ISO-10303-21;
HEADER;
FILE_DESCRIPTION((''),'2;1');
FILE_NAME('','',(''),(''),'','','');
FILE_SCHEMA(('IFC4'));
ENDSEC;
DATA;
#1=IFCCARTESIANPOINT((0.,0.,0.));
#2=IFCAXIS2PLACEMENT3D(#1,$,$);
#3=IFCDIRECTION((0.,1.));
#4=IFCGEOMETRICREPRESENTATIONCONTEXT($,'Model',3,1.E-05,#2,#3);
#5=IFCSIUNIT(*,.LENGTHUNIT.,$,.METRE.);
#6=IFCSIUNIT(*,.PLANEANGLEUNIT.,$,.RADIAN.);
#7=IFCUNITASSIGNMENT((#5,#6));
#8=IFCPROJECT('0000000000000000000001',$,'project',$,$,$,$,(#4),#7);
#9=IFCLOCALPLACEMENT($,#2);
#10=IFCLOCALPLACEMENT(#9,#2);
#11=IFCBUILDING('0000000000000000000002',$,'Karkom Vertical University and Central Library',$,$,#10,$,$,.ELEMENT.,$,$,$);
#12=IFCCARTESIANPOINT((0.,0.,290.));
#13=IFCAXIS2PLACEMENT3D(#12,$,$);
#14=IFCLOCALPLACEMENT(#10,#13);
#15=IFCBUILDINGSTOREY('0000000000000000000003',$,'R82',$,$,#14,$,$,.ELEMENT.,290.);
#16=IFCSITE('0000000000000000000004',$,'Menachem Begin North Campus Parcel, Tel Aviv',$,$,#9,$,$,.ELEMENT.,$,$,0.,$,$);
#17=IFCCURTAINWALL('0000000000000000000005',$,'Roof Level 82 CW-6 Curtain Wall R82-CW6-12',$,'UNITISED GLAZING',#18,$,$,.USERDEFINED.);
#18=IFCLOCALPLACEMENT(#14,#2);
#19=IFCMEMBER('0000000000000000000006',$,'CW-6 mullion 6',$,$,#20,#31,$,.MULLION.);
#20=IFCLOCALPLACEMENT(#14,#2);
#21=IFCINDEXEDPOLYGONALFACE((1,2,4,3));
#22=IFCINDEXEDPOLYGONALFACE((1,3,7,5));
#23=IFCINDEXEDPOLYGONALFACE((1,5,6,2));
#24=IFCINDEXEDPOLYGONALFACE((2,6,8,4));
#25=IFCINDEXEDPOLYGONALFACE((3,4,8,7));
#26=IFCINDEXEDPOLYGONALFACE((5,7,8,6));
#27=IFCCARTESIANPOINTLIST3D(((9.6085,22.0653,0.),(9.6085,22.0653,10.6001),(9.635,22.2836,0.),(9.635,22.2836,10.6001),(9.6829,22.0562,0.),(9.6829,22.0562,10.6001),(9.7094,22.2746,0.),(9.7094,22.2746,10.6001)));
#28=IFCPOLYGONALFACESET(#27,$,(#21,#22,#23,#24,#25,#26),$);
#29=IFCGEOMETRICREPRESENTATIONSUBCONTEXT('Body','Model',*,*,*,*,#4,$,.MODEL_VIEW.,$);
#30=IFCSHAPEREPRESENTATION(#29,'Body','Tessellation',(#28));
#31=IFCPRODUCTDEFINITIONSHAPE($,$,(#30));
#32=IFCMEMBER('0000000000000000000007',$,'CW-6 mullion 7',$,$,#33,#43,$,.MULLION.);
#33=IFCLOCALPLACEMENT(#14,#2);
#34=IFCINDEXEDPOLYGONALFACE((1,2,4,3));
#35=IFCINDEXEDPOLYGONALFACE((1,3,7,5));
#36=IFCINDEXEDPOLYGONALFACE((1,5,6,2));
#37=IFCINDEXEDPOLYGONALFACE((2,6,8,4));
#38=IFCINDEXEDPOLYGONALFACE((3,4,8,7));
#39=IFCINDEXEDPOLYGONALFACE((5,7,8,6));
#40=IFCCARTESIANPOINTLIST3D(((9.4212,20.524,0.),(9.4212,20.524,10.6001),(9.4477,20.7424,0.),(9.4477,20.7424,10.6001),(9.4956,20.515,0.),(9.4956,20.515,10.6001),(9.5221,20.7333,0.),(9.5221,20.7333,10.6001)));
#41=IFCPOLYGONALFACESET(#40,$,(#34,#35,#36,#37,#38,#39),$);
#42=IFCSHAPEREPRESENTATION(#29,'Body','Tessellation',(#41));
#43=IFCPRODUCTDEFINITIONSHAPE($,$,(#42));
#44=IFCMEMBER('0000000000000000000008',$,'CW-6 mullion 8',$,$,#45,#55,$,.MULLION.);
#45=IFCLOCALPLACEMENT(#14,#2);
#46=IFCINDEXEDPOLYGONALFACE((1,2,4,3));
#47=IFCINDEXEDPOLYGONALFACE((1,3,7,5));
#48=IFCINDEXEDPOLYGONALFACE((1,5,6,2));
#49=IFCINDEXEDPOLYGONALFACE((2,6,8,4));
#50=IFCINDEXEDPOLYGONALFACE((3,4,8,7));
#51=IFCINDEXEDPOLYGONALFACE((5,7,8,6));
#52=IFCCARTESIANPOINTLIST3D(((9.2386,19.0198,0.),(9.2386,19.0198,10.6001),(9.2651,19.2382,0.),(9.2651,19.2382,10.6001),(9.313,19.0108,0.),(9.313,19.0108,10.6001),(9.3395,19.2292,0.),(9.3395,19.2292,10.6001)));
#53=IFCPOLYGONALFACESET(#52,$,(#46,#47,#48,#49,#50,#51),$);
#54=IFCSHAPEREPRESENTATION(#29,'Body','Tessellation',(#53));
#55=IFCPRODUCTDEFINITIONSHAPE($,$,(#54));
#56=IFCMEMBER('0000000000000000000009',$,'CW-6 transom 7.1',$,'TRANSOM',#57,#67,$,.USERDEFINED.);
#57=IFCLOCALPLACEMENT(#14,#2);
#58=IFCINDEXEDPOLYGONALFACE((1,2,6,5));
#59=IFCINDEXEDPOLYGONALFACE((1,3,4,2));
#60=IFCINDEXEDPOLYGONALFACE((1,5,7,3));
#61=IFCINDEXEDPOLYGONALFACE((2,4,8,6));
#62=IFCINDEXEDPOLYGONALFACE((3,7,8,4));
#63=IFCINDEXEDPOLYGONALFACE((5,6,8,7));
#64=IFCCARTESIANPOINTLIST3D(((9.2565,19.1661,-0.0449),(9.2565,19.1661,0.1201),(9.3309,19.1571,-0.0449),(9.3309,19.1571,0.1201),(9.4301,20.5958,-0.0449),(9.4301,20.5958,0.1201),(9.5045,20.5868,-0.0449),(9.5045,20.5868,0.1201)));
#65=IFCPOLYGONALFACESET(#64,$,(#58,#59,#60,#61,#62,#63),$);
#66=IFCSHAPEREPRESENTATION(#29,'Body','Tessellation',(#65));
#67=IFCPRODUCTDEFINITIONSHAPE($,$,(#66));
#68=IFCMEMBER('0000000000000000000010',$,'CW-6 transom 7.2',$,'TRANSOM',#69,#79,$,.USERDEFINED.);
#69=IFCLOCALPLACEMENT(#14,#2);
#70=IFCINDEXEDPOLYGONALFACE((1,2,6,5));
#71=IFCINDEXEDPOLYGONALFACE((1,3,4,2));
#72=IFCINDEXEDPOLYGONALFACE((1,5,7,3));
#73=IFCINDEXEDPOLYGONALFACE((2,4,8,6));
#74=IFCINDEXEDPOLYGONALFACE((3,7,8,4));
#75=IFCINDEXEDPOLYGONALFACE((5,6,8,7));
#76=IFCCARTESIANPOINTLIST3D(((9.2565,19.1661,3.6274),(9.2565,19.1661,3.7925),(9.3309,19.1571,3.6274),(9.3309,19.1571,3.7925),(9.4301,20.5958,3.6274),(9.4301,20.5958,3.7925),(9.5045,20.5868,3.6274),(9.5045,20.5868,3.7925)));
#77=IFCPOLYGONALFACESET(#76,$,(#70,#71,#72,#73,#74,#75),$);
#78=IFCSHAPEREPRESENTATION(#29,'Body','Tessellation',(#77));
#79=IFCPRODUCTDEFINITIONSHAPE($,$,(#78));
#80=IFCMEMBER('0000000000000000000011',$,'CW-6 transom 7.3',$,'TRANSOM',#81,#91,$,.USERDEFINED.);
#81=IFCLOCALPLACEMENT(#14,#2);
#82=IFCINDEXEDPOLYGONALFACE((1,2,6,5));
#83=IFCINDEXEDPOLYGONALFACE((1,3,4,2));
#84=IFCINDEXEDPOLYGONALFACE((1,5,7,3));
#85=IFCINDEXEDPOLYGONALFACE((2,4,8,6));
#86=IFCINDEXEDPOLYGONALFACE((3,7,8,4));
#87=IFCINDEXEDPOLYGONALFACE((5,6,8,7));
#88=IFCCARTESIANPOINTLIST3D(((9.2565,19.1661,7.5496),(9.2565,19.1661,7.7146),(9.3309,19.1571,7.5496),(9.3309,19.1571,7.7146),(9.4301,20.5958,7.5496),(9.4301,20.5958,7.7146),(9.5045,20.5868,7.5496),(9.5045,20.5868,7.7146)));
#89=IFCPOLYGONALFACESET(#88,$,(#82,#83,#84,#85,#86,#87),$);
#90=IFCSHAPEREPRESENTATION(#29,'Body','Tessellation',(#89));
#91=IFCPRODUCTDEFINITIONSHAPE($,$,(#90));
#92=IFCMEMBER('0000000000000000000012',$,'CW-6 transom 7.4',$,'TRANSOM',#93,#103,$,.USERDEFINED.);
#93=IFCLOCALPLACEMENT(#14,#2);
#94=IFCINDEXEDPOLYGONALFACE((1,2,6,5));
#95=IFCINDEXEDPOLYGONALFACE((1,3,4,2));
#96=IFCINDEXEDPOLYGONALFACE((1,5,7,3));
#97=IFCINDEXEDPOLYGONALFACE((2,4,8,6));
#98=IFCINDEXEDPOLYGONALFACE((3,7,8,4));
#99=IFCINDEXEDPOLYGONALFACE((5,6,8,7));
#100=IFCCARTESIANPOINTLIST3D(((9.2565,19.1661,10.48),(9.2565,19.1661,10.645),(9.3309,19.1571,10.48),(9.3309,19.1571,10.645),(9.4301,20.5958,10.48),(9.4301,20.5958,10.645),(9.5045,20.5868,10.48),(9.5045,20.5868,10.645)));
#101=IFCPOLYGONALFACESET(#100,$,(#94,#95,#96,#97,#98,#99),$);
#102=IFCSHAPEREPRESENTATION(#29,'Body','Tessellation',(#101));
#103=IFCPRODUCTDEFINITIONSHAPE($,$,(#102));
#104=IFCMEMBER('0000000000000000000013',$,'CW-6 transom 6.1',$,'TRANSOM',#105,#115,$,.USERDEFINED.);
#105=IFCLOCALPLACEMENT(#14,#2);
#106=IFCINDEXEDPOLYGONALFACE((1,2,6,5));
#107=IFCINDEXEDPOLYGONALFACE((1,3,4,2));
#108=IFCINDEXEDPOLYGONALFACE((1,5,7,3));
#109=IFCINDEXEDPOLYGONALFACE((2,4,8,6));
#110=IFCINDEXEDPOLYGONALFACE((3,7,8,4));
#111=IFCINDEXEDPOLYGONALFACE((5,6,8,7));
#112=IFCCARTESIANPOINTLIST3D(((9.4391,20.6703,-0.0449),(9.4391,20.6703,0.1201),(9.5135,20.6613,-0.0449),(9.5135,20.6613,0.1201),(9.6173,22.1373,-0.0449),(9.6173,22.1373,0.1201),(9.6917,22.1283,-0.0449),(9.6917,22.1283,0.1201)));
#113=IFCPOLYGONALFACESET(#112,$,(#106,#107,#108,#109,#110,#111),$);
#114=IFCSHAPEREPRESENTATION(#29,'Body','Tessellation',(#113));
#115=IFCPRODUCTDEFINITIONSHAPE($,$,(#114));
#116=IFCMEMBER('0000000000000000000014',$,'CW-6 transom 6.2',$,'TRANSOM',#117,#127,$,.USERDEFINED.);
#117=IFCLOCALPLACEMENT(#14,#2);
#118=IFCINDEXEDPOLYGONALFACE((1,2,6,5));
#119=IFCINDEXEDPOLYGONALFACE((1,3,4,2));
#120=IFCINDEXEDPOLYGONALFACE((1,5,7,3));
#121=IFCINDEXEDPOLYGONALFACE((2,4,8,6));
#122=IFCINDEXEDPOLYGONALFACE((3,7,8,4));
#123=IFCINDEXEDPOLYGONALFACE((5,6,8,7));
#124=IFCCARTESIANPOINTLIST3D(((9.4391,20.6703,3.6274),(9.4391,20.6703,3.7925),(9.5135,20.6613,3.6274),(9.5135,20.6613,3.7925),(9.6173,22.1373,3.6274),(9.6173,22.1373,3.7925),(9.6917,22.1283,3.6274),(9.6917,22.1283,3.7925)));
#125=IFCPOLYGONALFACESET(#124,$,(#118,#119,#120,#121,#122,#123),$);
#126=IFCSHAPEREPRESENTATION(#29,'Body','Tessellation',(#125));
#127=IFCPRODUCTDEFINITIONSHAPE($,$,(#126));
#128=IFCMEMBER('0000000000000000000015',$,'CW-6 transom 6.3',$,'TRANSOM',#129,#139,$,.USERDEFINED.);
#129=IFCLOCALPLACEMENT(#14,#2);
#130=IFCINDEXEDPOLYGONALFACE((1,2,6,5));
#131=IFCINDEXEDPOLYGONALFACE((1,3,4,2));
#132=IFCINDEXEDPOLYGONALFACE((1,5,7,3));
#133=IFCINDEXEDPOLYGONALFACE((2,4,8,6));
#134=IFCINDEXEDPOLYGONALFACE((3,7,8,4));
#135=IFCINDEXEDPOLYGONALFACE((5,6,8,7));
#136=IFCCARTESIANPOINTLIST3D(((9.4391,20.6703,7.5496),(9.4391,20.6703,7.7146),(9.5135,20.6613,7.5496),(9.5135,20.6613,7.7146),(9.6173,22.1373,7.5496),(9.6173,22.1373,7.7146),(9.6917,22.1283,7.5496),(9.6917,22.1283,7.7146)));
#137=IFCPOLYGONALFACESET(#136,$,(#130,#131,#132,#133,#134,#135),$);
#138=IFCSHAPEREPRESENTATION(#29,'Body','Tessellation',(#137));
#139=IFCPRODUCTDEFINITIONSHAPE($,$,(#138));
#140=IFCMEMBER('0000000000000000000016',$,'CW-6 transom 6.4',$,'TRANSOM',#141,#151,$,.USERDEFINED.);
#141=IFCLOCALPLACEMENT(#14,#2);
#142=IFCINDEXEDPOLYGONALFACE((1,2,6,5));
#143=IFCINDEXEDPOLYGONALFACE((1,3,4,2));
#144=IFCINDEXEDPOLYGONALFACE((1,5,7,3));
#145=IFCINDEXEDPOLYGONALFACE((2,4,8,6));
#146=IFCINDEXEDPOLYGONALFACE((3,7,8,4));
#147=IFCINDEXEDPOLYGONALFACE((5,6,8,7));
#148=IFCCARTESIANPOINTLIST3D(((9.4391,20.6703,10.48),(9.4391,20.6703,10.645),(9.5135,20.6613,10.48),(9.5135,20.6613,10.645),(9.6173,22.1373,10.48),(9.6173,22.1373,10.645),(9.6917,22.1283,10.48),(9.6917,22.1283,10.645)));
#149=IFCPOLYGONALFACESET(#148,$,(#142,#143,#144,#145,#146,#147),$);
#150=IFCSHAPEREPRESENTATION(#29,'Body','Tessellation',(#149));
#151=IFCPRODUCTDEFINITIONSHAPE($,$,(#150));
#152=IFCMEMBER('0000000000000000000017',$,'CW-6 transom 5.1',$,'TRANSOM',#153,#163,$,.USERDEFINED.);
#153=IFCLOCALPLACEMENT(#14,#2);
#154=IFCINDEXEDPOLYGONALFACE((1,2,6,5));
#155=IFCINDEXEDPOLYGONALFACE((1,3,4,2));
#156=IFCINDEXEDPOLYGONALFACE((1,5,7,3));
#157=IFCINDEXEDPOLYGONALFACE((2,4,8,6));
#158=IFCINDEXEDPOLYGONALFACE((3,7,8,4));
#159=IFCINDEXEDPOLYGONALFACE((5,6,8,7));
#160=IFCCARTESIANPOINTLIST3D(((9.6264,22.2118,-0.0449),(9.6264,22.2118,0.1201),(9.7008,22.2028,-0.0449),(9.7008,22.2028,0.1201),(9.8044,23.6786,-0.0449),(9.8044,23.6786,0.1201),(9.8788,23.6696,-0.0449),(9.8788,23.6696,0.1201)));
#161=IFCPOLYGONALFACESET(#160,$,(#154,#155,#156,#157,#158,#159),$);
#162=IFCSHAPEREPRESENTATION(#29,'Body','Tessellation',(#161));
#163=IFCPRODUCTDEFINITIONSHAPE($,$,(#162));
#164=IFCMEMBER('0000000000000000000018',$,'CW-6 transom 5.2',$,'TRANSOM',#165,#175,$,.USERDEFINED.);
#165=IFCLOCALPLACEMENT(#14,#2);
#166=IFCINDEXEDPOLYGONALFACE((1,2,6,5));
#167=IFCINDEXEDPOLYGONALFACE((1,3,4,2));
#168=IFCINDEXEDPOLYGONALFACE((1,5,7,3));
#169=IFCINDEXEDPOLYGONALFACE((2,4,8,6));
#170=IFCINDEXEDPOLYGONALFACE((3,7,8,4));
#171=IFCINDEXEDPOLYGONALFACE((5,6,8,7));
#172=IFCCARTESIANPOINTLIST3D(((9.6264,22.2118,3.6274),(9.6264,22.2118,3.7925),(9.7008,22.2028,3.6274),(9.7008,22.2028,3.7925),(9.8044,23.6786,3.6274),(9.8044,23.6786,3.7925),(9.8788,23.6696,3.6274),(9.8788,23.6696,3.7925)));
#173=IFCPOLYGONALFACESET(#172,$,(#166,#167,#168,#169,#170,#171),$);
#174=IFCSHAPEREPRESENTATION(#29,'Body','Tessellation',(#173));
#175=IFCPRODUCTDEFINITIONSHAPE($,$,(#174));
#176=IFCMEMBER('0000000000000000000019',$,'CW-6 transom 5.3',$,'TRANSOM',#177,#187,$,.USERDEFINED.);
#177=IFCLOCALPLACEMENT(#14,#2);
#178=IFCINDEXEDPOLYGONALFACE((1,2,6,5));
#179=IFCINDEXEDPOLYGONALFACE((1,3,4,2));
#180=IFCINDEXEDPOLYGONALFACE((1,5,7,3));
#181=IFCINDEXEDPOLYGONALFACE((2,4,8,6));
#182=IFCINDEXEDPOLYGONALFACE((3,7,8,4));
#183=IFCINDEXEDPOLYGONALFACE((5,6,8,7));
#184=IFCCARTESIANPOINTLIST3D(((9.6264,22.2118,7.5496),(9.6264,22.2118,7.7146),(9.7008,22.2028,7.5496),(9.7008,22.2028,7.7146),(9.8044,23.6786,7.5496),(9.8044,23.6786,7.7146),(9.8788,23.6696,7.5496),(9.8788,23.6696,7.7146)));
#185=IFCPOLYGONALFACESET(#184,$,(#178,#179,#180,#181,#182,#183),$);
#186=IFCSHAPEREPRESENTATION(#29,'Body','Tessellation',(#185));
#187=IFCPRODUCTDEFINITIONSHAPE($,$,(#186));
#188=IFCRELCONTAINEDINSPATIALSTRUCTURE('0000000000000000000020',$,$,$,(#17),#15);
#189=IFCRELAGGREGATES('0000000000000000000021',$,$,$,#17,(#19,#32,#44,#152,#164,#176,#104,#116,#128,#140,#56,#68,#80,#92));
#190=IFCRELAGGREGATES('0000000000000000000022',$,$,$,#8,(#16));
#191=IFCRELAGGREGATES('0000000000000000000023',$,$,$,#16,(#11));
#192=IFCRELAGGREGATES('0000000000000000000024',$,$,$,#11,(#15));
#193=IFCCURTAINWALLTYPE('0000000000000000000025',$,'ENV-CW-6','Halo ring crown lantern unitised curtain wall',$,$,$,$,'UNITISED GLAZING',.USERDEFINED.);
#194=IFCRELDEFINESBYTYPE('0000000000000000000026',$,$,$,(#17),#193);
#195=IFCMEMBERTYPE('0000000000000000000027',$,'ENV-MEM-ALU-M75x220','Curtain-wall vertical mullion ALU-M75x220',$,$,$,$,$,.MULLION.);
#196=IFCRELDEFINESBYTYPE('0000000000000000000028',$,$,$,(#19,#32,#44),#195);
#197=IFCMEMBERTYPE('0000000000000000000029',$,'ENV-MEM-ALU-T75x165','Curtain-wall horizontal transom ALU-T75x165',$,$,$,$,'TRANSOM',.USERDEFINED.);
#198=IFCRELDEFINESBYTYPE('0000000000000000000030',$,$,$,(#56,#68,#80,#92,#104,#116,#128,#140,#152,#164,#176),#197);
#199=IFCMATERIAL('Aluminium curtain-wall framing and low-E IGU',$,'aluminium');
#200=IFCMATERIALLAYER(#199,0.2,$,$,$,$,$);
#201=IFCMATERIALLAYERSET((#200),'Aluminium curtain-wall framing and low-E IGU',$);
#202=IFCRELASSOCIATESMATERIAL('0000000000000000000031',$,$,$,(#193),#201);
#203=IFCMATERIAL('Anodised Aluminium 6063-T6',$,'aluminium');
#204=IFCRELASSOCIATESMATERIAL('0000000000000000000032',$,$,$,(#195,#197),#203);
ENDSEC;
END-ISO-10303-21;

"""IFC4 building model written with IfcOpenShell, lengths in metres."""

from ifc_helpers import new_model, si_unit, direction, frame, origin, origin_with_axes, origin_2d, place, context, subcontext, project, spatial, rectangle, extrude, source, transform, mapped, material, layer, layer_set, material_profile, profile_set, type_object, element, aggregate, save


model = new_model("IFC4")

# Units and contexts
model_context = context("Model", 3, precision=1e-05, world=origin(), true_north=direction((0.0, 1.0)))
body_context = subcontext(model_context, "Body", "Model", "MODEL_VIEW")
ifc_project = project(units=[si_unit("LENGTHUNIT", "METRE"), si_unit("PLANEANGLEUNIT", "RADIAN")], contexts=[model_context])

# Site, building, storey
site_placement = place(None, origin())
site = spatial("IfcSite", under=ifc_project, at=site_placement, Name="Menachem Begin North Campus Parcel, Tel Aviv", CompositionType="ELEMENT", RefElevation=0.0)
building_placement = place(site_placement, origin())
building = spatial("IfcBuilding", under=site, at=building_placement, Name="Karkom Vertical University and Central Library", CompositionType="ELEMENT")
storey_placement = place(building_placement, frame((0.0, 0.0, 290.0)))
storey = spatial("IfcBuildingStorey", under=building, at=storey_placement, Name="R82", CompositionType="ELEMENT", Elevation=290.0)

# Curtain wall, members
ifc_material_1 = material(Name="Aluminium curtain-wall framing and low-E IGU", Category="aluminium")
ifc_layer_1 = layer(ifc_material_1, 0.2)
ifc_layer_set_1 = layer_set([ifc_layer_1], Name="Aluminium curtain-wall framing and low-E IGU")
curtain_wall_type = type_object("IfcCurtainWallType", Name="ENV-CW-6", Description="Halo ring crown lantern unitised curtain wall", ElementType="UNITISED GLAZING", PredefinedType="USERDEFINED", material=ifc_layer_set_1)
curtain_wall_placement = place(storey_placement, origin())
curtain_wall = element("IfcCurtainWall", 1, at=curtain_wall_placement, inside=storey, type_object=curtain_wall_type, Name="Roof Level 82 CW-6 Curtain Wall R82-CW6-12", ObjectType="UNITISED GLAZING", PredefinedType="USERDEFINED")
ifc_material_2 = material(Name="Anodised Aluminium 6063-T6", Category="aluminium")
ifc_material_profile_1 = material_profile(ifc_material_2, rectangle(XDim=0.075, YDim=0.22, at=origin_2d()), Name="ALU-M75x220")
ifc_profile_set_1 = profile_set([ifc_material_profile_1], Name="Anodised Aluminium 6063-T6")
member_type_1 = type_object("IfcMemberType", Name="ENV-MEM-ALU-M75x220", Description="Curtain-wall vertical mullion ALU-M75x220", PredefinedType="MULLION", material=ifc_profile_set_1)
shared_shape_1 = source(origin_with_axes(), body_context, "Body", "SweptSolid", [
    extrude(rectangle(XDim=0.075, YDim=0.22, at=origin_2d()), origin(), (0.0, 0.0, 1.0), 10.6001),
])
member_1_placement = place(storey_placement, frame((9.6589, 22.1699, 0.0), z_axis=(0.0, 0.0, 1.0), x_axis=(0.992707, -0.120553, 0.0)))
member_1 = element("IfcMember", 2, at=member_1_placement, type_object=member_type_1, Name="CW-6 mullion 6", PredefinedType="MULLION", context=body_context, shape_type="MappedRepresentation", body=[
    mapped(shared_shape_1, transform((0.0, 0.0, 0.0), scale=1.0)),
])
member_2_placement = place(storey_placement, frame((9.4717, 20.6287, 0.0), z_axis=(0.0, 0.0, 1.0), x_axis=(0.992707, -0.120553, 0.0)))
member_2 = element("IfcMember", 3, at=member_2_placement, type_object=member_type_1, Name="CW-6 mullion 7", PredefinedType="MULLION", context=body_context, shape_type="MappedRepresentation", body=[
    mapped(shared_shape_1, transform((0.0, 0.0, 0.0), scale=1.0)),
])
member_3_placement = place(storey_placement, frame((9.2891, 19.1245, 0.0), z_axis=(0.0, 0.0, 1.0), x_axis=(0.992707, -0.120553, 0.0)))
member_3 = element("IfcMember", 4, at=member_3_placement, type_object=member_type_1, Name="CW-6 mullion 8", PredefinedType="MULLION", context=body_context, shape_type="MappedRepresentation", body=[
    mapped(shared_shape_1, transform((0.0, 0.0, 0.0), scale=1.0)),
])
ifc_material_profile_2 = material_profile(ifc_material_2, rectangle(XDim=0.075, YDim=0.165, at=origin_2d()), Name="ALU-T75x165")
ifc_profile_set_2 = profile_set([ifc_material_profile_2], Name="Anodised Aluminium 6063-T6")
member_type_2 = type_object("IfcMemberType", Name="ENV-MEM-ALU-T75x165", Description="Curtain-wall horizontal transom ALU-T75x165", ElementType="TRANSOM", PredefinedType="USERDEFINED", material=ifc_profile_set_2)
shared_shape_2 = source(origin_with_axes(), body_context, "Body", "SweptSolid", [
    extrude(rectangle(XDim=0.075, YDim=0.165, at=origin_2d()), origin(), (0.0, 0.0, 1.0), 1.4402),
])
member_4_placement = place(storey_placement, frame((9.4673, 20.5913, 0.0376), z_axis=(-0.120529, -0.99271, 0.0), x_axis=(0.99271, -0.120529, 0.0)))
member_4 = element("IfcMember", 5, at=member_4_placement, type_object=member_type_2, Name="CW-6 transom 7.1", ObjectType="TRANSOM", PredefinedType="USERDEFINED", context=body_context, shape_type="MappedRepresentation", body=[
    mapped(shared_shape_2, transform((0.0, 0.0, 0.0), scale=1.0)),
])
member_5_placement = place(storey_placement, frame((9.4673, 20.5913, 3.71), z_axis=(-0.120529, -0.99271, 0.0), x_axis=(0.99271, -0.120529, 0.0)))
member_5 = element("IfcMember", 6, at=member_5_placement, type_object=member_type_2, Name="CW-6 transom 7.2", ObjectType="TRANSOM", PredefinedType="USERDEFINED", context=body_context, shape_type="MappedRepresentation", body=[
    mapped(shared_shape_2, transform((0.0, 0.0, 0.0), scale=1.0)),
])
member_6_placement = place(storey_placement, frame((9.4673, 20.5913, 7.6321), z_axis=(-0.120529, -0.99271, 0.0), x_axis=(0.99271, -0.120529, 0.0)))
member_6 = element("IfcMember", 7, at=member_6_placement, type_object=member_type_2, Name="CW-6 transom 7.3", ObjectType="TRANSOM", PredefinedType="USERDEFINED", context=body_context, shape_type="MappedRepresentation", body=[
    mapped(shared_shape_2, transform((0.0, 0.0, 0.0), scale=1.0)),
])
member_7_placement = place(storey_placement, frame((9.4673, 20.5913, 10.5625), z_axis=(-0.120529, -0.99271, 0.0), x_axis=(0.99271, -0.120529, 0.0)))
member_7 = element("IfcMember", 8, at=member_7_placement, type_object=member_type_2, Name="CW-6 transom 7.4", ObjectType="TRANSOM", PredefinedType="USERDEFINED", context=body_context, shape_type="MappedRepresentation", body=[
    mapped(shared_shape_2, transform((0.0, 0.0, 0.0), scale=1.0)),
])
shared_shape_3 = source(origin_with_axes(), body_context, "Body", "SweptSolid", [
    extrude(rectangle(XDim=0.075, YDim=0.165, at=origin_2d()), origin(), (0.0, 0.0, 1.0), 1.4778),
])
member_8_placement = place(storey_placement, frame((9.6545, 22.1328, 0.0376), z_axis=(-0.120598, -0.992701, 0.0), x_axis=(0.992701, -0.120598, 0.0)))
member_8 = element("IfcMember", 9, at=member_8_placement, type_object=member_type_2, Name="CW-6 transom 6.1", ObjectType="TRANSOM", PredefinedType="USERDEFINED", context=body_context, shape_type="MappedRepresentation", body=[
    mapped(shared_shape_3, transform((0.0, 0.0, 0.0), scale=1.0)),
])
member_9_placement = place(storey_placement, frame((9.6545, 22.1328, 3.71), z_axis=(-0.120598, -0.992701, 0.0), x_axis=(0.992701, -0.120598, 0.0)))
member_9 = element("IfcMember", 10, at=member_9_placement, type_object=member_type_2, Name="CW-6 transom 6.2", ObjectType="TRANSOM", PredefinedType="USERDEFINED", context=body_context, shape_type="MappedRepresentation", body=[
    mapped(shared_shape_3, transform((0.0, 0.0, 0.0), scale=1.0)),
])
member_10_placement = place(storey_placement, frame((9.6545, 22.1328, 7.6321), z_axis=(-0.120598, -0.992701, 0.0), x_axis=(0.992701, -0.120598, 0.0)))
member_10 = element("IfcMember", 11, at=member_10_placement, type_object=member_type_2, Name="CW-6 transom 6.3", ObjectType="TRANSOM", PredefinedType="USERDEFINED", context=body_context, shape_type="MappedRepresentation", body=[
    mapped(shared_shape_3, transform((0.0, 0.0, 0.0), scale=1.0)),
])
member_11_placement = place(storey_placement, frame((9.6545, 22.1328, 10.5625), z_axis=(-0.120598, -0.992701, 0.0), x_axis=(0.992701, -0.120598, 0.0)))
member_11 = element("IfcMember", 12, at=member_11_placement, type_object=member_type_2, Name="CW-6 transom 6.4", ObjectType="TRANSOM", PredefinedType="USERDEFINED", context=body_context, shape_type="MappedRepresentation", body=[
    mapped(shared_shape_3, transform((0.0, 0.0, 0.0), scale=1.0)),
])
shared_shape_4 = source(origin_with_axes(), body_context, "Body", "SweptSolid", [
    extrude(rectangle(XDim=0.075, YDim=0.165, at=origin_2d()), origin(), (0.0, 0.0, 1.0), 1.4775),
])
member_12_placement = place(storey_placement, frame((9.8416, 23.6741, 0.0376), z_axis=(-0.120455, -0.992719, 0.0), x_axis=(0.992719, -0.120455, 0.0)))
member_12 = element("IfcMember", 13, at=member_12_placement, type_object=member_type_2, Name="CW-6 transom 5.1", ObjectType="TRANSOM", PredefinedType="USERDEFINED", context=body_context, shape_type="MappedRepresentation", body=[
    mapped(shared_shape_4, transform((0.0, 0.0, 0.0), scale=1.0)),
])
member_13_placement = place(storey_placement, frame((9.8416, 23.6741, 3.71), z_axis=(-0.120455, -0.992719, 0.0), x_axis=(0.992719, -0.120455, 0.0)))
member_13 = element("IfcMember", 14, at=member_13_placement, type_object=member_type_2, Name="CW-6 transom 5.2", ObjectType="TRANSOM", PredefinedType="USERDEFINED", context=body_context, shape_type="MappedRepresentation", body=[
    mapped(shared_shape_4, transform((0.0, 0.0, 0.0), scale=1.0)),
])
member_14_placement = place(storey_placement, frame((9.8416, 23.6741, 7.6321), z_axis=(-0.120455, -0.992719, 0.0), x_axis=(0.992719, -0.120455, 0.0)))
member_14 = element("IfcMember", 15, at=member_14_placement, type_object=member_type_2, Name="CW-6 transom 5.3", ObjectType="TRANSOM", PredefinedType="USERDEFINED", context=body_context, shape_type="MappedRepresentation", body=[
    mapped(shared_shape_4, transform((0.0, 0.0, 0.0), scale=1.0)),
])
aggregate(curtain_wall, [member_1, member_2, member_3, member_12, member_13, member_14, member_8, member_9, member_10, member_11, member_4, member_5, member_6, member_7])

save(model, "model.ifc")
